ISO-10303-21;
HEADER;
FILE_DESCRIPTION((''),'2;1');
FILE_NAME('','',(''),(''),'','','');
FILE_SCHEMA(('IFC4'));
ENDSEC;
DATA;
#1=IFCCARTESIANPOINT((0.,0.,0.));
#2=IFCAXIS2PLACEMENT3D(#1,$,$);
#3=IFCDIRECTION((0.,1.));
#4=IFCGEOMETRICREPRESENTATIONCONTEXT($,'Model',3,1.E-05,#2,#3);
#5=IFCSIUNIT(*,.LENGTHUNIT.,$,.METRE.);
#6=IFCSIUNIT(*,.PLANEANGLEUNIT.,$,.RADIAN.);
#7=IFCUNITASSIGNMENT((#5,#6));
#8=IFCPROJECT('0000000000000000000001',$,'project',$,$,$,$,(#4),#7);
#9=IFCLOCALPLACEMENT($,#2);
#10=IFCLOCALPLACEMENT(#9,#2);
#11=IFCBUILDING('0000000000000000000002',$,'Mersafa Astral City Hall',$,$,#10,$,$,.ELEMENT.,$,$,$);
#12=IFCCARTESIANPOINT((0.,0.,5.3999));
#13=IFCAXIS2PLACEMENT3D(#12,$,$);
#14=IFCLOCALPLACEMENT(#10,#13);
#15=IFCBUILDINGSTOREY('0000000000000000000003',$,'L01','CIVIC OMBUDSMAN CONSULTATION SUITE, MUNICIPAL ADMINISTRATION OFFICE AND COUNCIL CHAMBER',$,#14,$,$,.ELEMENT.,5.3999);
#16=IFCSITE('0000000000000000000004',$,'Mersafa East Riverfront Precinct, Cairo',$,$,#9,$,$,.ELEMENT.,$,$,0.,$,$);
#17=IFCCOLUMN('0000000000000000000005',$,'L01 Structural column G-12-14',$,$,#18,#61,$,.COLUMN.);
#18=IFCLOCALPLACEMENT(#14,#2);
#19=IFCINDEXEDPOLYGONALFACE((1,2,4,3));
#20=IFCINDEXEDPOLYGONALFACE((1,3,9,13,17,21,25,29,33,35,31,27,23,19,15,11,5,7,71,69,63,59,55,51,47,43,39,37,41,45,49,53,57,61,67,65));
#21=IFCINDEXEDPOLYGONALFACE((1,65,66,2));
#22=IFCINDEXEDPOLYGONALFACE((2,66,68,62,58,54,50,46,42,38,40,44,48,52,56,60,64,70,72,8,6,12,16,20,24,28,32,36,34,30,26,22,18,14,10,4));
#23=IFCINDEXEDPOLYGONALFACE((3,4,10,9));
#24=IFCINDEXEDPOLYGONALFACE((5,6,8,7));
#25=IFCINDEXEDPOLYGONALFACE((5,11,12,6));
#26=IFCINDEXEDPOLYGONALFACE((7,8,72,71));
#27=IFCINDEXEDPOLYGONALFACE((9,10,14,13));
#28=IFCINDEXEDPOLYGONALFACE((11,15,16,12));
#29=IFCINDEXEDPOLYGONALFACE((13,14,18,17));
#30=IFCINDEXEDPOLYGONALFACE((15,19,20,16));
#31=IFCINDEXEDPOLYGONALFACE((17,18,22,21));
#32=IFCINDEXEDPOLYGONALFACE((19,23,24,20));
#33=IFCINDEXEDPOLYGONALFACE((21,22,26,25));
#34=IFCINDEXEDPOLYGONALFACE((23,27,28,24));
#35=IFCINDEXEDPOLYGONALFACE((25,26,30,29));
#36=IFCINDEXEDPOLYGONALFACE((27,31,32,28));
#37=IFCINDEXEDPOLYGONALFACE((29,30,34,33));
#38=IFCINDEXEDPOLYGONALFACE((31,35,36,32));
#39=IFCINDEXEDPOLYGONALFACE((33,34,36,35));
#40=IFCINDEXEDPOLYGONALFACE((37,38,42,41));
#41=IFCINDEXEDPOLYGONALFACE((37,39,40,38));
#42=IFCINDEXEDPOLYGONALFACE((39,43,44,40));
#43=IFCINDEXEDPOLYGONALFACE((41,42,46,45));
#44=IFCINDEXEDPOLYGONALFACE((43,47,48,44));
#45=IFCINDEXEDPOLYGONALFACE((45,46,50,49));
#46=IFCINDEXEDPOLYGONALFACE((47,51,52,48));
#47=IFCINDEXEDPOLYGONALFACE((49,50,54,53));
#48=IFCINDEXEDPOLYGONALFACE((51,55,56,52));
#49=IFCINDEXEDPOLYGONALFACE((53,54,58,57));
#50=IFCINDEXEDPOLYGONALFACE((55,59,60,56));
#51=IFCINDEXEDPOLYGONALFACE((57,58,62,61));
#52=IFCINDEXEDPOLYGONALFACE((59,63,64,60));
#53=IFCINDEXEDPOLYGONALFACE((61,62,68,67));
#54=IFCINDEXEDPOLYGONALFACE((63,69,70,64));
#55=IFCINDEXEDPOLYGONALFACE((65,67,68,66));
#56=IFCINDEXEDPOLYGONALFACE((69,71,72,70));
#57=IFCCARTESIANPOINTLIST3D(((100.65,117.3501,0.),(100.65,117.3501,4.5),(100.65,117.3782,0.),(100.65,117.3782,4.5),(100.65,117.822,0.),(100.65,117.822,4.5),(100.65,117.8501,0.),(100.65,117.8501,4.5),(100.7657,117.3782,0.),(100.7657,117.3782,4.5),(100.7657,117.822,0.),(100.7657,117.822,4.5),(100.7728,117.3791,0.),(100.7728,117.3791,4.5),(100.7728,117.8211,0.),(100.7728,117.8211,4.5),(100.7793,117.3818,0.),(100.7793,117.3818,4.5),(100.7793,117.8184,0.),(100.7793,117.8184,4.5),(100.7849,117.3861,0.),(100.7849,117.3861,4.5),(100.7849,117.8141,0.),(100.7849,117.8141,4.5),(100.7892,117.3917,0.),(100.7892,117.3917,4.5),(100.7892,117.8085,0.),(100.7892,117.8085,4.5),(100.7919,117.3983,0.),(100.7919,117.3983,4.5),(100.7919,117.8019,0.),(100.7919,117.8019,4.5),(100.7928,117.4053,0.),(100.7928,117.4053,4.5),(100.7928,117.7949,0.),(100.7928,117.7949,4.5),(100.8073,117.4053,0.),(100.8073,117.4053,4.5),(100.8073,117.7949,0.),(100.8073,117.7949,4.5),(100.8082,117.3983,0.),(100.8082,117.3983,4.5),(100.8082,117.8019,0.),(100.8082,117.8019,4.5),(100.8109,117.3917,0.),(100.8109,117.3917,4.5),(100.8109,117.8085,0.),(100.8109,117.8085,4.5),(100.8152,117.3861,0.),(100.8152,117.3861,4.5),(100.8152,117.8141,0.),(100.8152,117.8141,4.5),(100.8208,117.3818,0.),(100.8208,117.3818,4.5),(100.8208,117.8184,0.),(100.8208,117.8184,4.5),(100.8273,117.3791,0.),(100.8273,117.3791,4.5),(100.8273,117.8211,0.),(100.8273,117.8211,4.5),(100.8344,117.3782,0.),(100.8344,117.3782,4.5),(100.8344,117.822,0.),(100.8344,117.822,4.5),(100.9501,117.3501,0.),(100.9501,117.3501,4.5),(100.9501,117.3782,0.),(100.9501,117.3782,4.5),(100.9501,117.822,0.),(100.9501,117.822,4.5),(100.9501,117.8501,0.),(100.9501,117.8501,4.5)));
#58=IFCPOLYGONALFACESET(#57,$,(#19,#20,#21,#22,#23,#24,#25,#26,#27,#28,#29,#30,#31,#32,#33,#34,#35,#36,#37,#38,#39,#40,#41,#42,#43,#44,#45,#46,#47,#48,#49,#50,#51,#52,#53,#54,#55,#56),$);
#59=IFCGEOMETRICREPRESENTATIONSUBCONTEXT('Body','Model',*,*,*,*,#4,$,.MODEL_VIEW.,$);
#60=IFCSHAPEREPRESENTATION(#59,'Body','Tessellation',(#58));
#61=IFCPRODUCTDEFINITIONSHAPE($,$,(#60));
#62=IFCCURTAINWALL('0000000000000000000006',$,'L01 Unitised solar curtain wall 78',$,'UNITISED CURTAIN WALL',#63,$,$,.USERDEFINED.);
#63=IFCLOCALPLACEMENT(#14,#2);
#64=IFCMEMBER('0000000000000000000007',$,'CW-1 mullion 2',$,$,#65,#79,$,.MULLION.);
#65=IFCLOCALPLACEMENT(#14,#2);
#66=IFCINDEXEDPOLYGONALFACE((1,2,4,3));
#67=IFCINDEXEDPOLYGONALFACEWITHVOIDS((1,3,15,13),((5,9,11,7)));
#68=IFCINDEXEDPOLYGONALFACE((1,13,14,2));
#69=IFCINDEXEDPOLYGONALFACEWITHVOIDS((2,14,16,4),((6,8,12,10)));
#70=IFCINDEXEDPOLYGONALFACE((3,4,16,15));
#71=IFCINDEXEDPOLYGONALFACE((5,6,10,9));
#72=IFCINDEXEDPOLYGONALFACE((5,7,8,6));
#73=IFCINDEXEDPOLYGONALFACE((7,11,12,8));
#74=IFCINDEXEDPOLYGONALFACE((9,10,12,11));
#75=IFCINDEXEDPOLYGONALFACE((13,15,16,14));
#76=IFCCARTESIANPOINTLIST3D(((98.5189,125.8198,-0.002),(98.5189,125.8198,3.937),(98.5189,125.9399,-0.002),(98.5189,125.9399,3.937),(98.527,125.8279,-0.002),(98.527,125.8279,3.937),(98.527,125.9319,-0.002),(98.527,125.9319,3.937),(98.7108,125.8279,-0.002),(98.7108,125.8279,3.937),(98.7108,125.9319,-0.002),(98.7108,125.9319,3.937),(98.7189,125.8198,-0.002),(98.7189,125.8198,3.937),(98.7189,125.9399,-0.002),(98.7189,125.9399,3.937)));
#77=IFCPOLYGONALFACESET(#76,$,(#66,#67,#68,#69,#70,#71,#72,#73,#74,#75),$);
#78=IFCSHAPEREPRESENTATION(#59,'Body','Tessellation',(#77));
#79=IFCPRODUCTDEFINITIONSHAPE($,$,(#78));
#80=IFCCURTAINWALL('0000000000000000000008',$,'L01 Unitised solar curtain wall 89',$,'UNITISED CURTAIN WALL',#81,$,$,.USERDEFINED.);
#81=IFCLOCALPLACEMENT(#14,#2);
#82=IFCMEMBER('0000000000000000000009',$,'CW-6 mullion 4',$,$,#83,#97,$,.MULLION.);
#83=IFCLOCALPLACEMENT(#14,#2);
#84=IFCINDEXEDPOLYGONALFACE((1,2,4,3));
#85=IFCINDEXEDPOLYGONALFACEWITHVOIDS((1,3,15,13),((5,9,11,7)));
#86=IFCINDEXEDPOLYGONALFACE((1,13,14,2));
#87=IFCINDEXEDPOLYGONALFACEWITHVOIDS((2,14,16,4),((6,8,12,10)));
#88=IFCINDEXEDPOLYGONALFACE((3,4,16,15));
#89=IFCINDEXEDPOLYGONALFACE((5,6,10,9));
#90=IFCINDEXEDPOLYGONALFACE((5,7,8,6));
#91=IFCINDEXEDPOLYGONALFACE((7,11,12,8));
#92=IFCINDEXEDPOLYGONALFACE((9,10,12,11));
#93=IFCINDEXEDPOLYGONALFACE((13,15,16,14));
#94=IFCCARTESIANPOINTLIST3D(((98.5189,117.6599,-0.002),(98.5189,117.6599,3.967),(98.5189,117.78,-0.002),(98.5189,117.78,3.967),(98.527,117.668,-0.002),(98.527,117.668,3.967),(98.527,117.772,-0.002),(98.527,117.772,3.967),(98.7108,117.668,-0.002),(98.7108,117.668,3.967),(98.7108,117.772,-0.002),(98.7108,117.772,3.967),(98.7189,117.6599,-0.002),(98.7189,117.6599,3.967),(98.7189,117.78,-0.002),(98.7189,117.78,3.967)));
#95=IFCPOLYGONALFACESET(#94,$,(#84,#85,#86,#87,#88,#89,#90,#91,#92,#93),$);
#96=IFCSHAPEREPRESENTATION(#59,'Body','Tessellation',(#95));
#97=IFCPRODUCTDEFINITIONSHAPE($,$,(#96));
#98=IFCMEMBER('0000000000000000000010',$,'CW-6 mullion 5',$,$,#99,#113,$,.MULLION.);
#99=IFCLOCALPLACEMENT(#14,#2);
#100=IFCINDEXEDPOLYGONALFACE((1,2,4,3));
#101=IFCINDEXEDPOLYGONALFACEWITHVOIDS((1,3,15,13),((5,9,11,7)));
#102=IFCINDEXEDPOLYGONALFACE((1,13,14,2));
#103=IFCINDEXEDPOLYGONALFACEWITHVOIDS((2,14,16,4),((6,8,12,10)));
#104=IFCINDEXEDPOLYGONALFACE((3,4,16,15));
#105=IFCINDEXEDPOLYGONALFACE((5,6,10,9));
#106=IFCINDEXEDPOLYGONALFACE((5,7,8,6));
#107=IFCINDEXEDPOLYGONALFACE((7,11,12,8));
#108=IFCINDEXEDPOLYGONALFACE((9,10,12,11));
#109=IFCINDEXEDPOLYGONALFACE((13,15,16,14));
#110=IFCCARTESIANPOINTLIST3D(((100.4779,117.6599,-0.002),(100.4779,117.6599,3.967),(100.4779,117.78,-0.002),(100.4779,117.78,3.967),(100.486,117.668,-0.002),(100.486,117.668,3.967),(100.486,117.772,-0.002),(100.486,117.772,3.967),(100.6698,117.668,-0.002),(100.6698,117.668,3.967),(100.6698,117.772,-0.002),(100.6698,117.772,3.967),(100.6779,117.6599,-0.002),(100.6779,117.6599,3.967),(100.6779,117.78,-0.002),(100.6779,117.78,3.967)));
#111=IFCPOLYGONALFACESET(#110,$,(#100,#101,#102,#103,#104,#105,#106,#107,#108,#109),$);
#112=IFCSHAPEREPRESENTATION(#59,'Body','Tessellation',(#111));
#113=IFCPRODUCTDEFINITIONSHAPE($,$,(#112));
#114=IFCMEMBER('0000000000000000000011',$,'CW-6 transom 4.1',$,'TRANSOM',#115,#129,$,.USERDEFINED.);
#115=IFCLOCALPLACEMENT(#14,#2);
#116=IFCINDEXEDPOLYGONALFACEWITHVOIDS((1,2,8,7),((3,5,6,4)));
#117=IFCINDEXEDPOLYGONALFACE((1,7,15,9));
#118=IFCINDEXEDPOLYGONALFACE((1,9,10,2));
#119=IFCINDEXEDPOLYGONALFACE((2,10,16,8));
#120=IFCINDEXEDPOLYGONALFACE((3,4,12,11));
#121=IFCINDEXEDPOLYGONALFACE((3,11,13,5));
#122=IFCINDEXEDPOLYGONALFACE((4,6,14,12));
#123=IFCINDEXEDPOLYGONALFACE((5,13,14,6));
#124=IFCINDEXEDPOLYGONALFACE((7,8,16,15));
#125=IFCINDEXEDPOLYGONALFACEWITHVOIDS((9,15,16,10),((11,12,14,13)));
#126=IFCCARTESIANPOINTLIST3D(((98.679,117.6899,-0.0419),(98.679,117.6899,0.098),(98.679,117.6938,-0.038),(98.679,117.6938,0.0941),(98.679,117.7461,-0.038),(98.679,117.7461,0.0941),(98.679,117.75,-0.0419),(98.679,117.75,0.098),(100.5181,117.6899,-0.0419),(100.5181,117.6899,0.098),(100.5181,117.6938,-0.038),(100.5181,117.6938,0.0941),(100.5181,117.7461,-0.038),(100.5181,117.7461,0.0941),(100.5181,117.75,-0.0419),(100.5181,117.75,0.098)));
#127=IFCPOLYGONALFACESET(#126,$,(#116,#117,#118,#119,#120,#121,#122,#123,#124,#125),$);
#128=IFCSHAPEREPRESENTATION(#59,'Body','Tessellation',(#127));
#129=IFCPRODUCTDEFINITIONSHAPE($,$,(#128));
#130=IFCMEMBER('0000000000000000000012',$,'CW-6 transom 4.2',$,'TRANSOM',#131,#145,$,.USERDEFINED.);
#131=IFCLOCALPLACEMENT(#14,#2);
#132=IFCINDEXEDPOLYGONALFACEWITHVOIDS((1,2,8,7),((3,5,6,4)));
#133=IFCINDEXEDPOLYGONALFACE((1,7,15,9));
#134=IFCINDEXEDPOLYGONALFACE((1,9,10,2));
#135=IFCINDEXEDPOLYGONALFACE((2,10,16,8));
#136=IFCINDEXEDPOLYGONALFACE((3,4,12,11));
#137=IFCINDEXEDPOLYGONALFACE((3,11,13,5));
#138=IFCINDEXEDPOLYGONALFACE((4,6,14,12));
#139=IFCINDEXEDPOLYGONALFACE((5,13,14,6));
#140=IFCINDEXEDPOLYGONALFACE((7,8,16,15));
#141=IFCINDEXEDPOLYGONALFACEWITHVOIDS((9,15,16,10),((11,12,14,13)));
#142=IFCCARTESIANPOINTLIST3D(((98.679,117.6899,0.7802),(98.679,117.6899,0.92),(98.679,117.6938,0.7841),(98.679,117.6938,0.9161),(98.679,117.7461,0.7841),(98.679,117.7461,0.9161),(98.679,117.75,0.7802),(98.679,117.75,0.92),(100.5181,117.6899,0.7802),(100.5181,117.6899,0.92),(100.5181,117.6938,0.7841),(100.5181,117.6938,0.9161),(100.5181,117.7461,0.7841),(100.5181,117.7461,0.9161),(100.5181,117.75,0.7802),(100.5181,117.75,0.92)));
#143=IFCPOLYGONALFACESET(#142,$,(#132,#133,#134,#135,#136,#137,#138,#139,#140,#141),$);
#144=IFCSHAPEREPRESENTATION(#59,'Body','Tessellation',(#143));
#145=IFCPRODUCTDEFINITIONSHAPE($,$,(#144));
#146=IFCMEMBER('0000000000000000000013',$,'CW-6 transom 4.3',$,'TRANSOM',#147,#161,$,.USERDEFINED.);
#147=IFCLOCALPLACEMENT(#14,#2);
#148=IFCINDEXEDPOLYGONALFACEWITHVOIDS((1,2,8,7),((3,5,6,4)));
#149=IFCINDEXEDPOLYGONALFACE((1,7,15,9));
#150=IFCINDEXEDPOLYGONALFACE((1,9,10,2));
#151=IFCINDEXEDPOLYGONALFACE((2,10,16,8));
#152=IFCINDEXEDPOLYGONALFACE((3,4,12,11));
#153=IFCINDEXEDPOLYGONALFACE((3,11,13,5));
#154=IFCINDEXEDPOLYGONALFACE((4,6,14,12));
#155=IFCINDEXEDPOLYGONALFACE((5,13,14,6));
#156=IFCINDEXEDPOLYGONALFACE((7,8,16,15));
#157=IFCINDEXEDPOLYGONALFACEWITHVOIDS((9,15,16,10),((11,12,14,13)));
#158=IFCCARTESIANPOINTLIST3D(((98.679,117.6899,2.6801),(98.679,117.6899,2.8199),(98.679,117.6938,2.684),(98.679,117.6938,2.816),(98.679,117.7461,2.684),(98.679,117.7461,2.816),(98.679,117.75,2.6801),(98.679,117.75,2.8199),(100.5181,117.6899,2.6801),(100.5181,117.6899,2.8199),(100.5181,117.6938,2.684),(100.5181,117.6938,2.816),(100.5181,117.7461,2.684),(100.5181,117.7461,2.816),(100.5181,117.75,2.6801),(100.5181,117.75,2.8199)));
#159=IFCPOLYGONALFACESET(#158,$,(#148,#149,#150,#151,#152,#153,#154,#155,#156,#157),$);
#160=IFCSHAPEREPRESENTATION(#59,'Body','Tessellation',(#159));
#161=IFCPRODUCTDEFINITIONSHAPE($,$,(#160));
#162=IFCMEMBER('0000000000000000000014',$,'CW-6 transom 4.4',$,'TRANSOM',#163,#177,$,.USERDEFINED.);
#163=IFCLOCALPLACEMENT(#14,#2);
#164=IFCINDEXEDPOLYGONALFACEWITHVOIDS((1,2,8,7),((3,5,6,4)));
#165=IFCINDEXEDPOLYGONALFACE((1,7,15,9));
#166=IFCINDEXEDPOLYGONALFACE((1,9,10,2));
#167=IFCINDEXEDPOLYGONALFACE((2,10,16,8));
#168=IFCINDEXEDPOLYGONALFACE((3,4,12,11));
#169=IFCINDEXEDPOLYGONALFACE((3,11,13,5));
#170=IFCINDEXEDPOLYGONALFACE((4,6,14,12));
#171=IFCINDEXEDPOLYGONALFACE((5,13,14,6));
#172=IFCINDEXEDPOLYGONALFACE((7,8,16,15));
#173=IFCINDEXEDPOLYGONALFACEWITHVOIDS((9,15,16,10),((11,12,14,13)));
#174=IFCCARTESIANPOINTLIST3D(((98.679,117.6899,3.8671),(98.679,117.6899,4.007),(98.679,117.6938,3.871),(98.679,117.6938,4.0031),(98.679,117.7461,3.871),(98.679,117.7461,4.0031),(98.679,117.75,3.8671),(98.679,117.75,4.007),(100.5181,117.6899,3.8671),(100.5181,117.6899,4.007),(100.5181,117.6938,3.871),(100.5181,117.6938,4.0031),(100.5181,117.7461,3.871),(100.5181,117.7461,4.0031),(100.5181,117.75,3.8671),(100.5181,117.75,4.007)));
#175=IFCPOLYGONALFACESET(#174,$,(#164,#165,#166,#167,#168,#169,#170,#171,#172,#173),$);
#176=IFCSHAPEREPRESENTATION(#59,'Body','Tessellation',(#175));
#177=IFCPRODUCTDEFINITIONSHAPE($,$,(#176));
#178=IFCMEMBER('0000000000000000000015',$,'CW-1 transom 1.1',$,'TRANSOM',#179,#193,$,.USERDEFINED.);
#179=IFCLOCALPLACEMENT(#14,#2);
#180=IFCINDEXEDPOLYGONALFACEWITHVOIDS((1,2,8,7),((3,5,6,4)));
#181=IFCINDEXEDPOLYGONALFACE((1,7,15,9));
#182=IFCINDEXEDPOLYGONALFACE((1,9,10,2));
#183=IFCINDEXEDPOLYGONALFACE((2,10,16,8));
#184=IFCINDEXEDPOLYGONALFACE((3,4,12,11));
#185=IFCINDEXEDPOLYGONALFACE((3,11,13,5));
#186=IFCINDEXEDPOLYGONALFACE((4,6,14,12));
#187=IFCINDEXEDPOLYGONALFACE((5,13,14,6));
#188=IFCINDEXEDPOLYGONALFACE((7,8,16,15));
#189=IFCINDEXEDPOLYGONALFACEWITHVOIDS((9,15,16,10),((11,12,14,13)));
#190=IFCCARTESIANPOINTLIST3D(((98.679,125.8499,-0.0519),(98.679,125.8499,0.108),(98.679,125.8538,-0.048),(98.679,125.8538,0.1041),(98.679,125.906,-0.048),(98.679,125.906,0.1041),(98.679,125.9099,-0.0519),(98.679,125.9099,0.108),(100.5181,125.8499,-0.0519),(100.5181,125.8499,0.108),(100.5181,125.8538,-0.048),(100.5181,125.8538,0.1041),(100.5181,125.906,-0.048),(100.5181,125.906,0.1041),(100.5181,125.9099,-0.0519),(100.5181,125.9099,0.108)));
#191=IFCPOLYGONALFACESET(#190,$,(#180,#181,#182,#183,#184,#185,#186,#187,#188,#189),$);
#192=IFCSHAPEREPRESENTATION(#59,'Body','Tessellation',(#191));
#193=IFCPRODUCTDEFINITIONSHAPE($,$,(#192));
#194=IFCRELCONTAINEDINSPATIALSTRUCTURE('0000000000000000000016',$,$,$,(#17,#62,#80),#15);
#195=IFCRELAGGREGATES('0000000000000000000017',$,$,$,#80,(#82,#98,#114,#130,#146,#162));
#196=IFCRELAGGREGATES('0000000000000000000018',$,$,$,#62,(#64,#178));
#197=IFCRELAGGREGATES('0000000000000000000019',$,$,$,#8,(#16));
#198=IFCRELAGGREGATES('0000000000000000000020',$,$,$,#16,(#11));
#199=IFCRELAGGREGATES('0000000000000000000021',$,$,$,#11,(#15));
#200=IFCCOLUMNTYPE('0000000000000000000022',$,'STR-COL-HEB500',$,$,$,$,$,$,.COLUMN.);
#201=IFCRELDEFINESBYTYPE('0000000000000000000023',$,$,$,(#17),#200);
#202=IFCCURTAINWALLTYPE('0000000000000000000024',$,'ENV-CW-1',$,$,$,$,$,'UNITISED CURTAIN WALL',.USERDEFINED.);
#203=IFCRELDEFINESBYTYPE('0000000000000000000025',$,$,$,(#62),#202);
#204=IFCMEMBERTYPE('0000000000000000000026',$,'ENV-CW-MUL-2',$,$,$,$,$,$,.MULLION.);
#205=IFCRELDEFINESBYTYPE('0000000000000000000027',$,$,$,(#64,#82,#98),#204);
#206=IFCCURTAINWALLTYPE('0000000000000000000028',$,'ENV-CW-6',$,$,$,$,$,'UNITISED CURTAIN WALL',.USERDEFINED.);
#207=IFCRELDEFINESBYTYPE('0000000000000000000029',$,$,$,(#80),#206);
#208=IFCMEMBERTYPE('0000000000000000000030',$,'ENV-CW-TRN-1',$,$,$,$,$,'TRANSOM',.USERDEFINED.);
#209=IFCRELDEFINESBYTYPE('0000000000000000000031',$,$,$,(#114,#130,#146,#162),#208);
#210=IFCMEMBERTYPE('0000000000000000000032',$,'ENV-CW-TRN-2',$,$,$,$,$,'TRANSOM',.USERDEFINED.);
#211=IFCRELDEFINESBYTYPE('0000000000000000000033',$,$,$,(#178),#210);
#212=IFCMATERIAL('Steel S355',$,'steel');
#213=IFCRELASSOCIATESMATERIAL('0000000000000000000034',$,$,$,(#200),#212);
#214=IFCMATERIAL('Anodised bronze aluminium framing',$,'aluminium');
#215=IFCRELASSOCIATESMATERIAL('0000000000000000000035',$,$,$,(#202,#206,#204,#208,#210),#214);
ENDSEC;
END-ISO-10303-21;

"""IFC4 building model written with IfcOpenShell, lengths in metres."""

from ifc_helpers import new_model, si_unit, direction, frame, origin, origin_2d, place, context, subcontext, project, spatial, hollow_rectangle, i_section, extrude, material, material_profile, profile_set, type_object, element, aggregate, save


model = new_model("IFC4")

# Units and contexts
model_context = context("Model", 3, precision=1e-05, world=origin(), true_north=direction((0.0, 1.0)))
body_context = subcontext(model_context, "Body", "Model", "MODEL_VIEW")
ifc_project = project(units=[si_unit("LENGTHUNIT", "METRE"), si_unit("PLANEANGLEUNIT", "RADIAN")], contexts=[model_context])

# Site, building, storey
site_placement = place(None, origin())
site = spatial("IfcSite", under=ifc_project, at=site_placement, Name="Mersafa East Riverfront Precinct, Cairo", CompositionType="ELEMENT", RefElevation=0.0)
building_placement = place(site_placement, origin())
building = spatial("IfcBuilding", under=site, at=building_placement, Name="Mersafa Astral City Hall", CompositionType="ELEMENT")
storey_placement = place(building_placement, frame((0.0, 0.0, 5.3999)))
storey = spatial("IfcBuildingStorey", under=building, at=storey_placement, Name="L01", Description="CIVIC OMBUDSMAN CONSULTATION SUITE, MUNICIPAL ADMINISTRATION OFFICE AND COUNCIL CHAMBER", CompositionType="ELEMENT", Elevation=5.3999)

# Column
ifc_material_1 = material(Name="Steel S355", Category="steel")
ifc_material_profile_1 = material_profile(ifc_material_1, i_section(OverallWidth=0.3, OverallDepth=0.5, WebThickness=0.0144, FlangeThickness=0.0281, FilletRadius=0.0271, at=origin_2d()), Name="HEB 500")
ifc_profile_set_1 = profile_set([ifc_material_profile_1], Name="Steel S355")
column_type = type_object("IfcColumnType", Name="STR-COL-HEB500", PredefinedType="COLUMN", material=ifc_profile_set_1)
column_placement = place(storey_placement, frame((100.8, 117.6001, 0.0), z_axis=(0.0, 0.0, 1.0), x_axis=(1.0, 0.0, 0.0)))
element("IfcColumn", 1, at=column_placement, inside=storey, type_object=column_type, Name="L01 Structural column G-12-14", PredefinedType="COLUMN", context=body_context, shape_type="SweptSolid", body=[
    extrude(i_section(OverallWidth=0.3, OverallDepth=0.5, WebThickness=0.0144, FlangeThickness=0.0281, FilletRadius=0.0271, at=origin_2d()), origin(), (0.0, 0.0, 1.0), 4.5),
])

# Curtain wall, member
ifc_material_2 = material(Name="Anodised bronze aluminium framing", Category="aluminium")
curtain_wall_type_1 = type_object("IfcCurtainWallType", Name="ENV-CW-1", ElementType="UNITISED CURTAIN WALL", PredefinedType="USERDEFINED", material=ifc_material_2)
curtain_wall_1_placement = place(storey_placement, origin())
curtain_wall_1 = element("IfcCurtainWall", 2, at=curtain_wall_1_placement, inside=storey, type_object=curtain_wall_type_1, Name="L01 Unitised solar curtain wall 78", ObjectType="UNITISED CURTAIN WALL", PredefinedType="USERDEFINED")
ifc_material_profile_2 = material_profile(ifc_material_2, hollow_rectangle(XDim=0.1201, YDim=0.2, WallThickness=0.0081, at=origin_2d()), Name="RHS 120x200x8")
ifc_profile_set_2 = profile_set([ifc_material_profile_2], Name="Anodised bronze aluminium framing")
member_type_1 = type_object("IfcMemberType", Name="ENV-CW-MUL-2", PredefinedType="MULLION", material=ifc_profile_set_2)
member_1_placement = place(storey_placement, frame((98.6189, 125.8799, -0.002), z_axis=(0.0, 0.0, 1.0), x_axis=(0.0, -1.0, 0.0)))
member_1 = element("IfcMember", 3, at=member_1_placement, type_object=member_type_1, Name="CW-1 mullion 2", PredefinedType="MULLION", context=body_context, shape_type="SweptSolid", body=[
    extrude(hollow_rectangle(XDim=0.1201, YDim=0.2, WallThickness=0.0081, at=origin_2d()), origin(), (0.0, 0.0, 1.0), 3.939),
])

# Curtain wall, members
curtain_wall_type_2 = type_object("IfcCurtainWallType", Name="ENV-CW-6", ElementType="UNITISED CURTAIN WALL", PredefinedType="USERDEFINED", material=ifc_material_2)
curtain_wall_2_placement = place(storey_placement, origin())
curtain_wall_2 = element("IfcCurtainWall", 4, at=curtain_wall_2_placement, inside=storey, type_object=curtain_wall_type_2, Name="L01 Unitised solar curtain wall 89", ObjectType="UNITISED CURTAIN WALL", PredefinedType="USERDEFINED")
member_2_placement = place(storey_placement, frame((98.6189, 117.72, -0.002), z_axis=(0.0, 0.0, 1.0), x_axis=(0.0, 1.0, 0.0)))
member_2 = element("IfcMember", 5, at=member_2_placement, type_object=member_type_1, Name="CW-6 mullion 4", PredefinedType="MULLION", context=body_context, shape_type="SweptSolid", body=[
    extrude(hollow_rectangle(XDim=0.1201, YDim=0.2, WallThickness=0.0081, at=origin_2d()), origin(), (0.0, 0.0, 1.0), 3.969),
])
member_3_placement = place(storey_placement, frame((100.5779, 117.72, -0.002), z_axis=(0.0, 0.0, 1.0), x_axis=(0.0, 1.0, 0.0)))
member_3 = element("IfcMember", 6, at=member_3_placement, type_object=member_type_1, Name="CW-6 mullion 5", PredefinedType="MULLION", context=body_context, shape_type="SweptSolid", body=[
    extrude(hollow_rectangle(XDim=0.1201, YDim=0.2, WallThickness=0.0081, at=origin_2d()), origin(), (0.0, 0.0, 1.0), 3.969),
])
ifc_material_profile_3 = material_profile(ifc_material_2, hollow_rectangle(XDim=0.0601, YDim=0.1399, WallThickness=0.0039, at=origin_2d()), Name="RHS 60x140x4")
ifc_profile_set_3 = profile_set([ifc_material_profile_3], Name="Anodised bronze aluminium framing")
member_type_2 = type_object("IfcMemberType", Name="ENV-CW-TRN-1", ElementType="TRANSOM", PredefinedType="USERDEFINED", material=ifc_profile_set_3)
member_4_placement = place(storey_placement, frame((98.679, 117.72, 0.0281), z_axis=(1.0, 0.0, 0.0), x_axis=(0.0, 1.0, 0.0)))
member_4 = element("IfcMember", 7, at=member_4_placement, type_object=member_type_2, Name="CW-6 transom 4.1", ObjectType="TRANSOM", PredefinedType="USERDEFINED", context=body_context, shape_type="SweptSolid", body=[
    extrude(hollow_rectangle(XDim=0.0601, YDim=0.1399, WallThickness=0.0039, at=origin_2d()), origin(), (0.0, 0.0, 1.0), 1.8391),
])
member_5_placement = place(storey_placement, frame((98.679, 117.72, 0.8501), z_axis=(1.0, 0.0, 0.0), x_axis=(0.0, 1.0, 0.0)))
member_5 = element("IfcMember", 8, at=member_5_placement, type_object=member_type_2, Name="CW-6 transom 4.2", ObjectType="TRANSOM", PredefinedType="USERDEFINED", context=body_context, shape_type="SweptSolid", body=[
    extrude(hollow_rectangle(XDim=0.0601, YDim=0.1399, WallThickness=0.0039, at=origin_2d()), origin(), (0.0, 0.0, 1.0), 1.8391),
])
member_6_placement = place(storey_placement, frame((98.679, 117.72, 2.75), z_axis=(1.0, 0.0, 0.0), x_axis=(0.0, 1.0, 0.0)))
member_6 = element("IfcMember", 9, at=member_6_placement, type_object=member_type_2, Name="CW-6 transom 4.3", ObjectType="TRANSOM", PredefinedType="USERDEFINED", context=body_context, shape_type="SweptSolid", body=[
    extrude(hollow_rectangle(XDim=0.0601, YDim=0.1399, WallThickness=0.0039, at=origin_2d()), origin(), (0.0, 0.0, 1.0), 1.8391),
])
member_7_placement = place(storey_placement, frame((98.679, 117.72, 3.937), z_axis=(1.0, 0.0, 0.0), x_axis=(0.0, 1.0, 0.0)))
member_7 = element("IfcMember", 10, at=member_7_placement, type_object=member_type_2, Name="CW-6 transom 4.4", ObjectType="TRANSOM", PredefinedType="USERDEFINED", context=body_context, shape_type="SweptSolid", body=[
    extrude(hollow_rectangle(XDim=0.0601, YDim=0.1399, WallThickness=0.0039, at=origin_2d()), origin(), (0.0, 0.0, 1.0), 1.8391),
])

# Member
ifc_material_profile_4 = material_profile(ifc_material_2, hollow_rectangle(XDim=0.0601, YDim=0.1599, WallThickness=0.0039, at=origin_2d()), Name="RHS 60x160x4")
ifc_profile_set_4 = profile_set([ifc_material_profile_4], Name="Anodised bronze aluminium framing")
member_type_3 = type_object("IfcMemberType", Name="ENV-CW-TRN-2", ElementType="TRANSOM", PredefinedType="USERDEFINED", material=ifc_profile_set_4)
member_8_placement = place(storey_placement, frame((100.5181, 125.8799, 0.0281), z_axis=(-1.0, 0.0, 0.0), x_axis=(0.0, -1.0, 0.0)))
member_8 = element("IfcMember", 11, at=member_8_placement, type_object=member_type_3, Name="CW-1 transom 1.1", ObjectType="TRANSOM", PredefinedType="USERDEFINED", context=body_context, shape_type="SweptSolid", body=[
    extrude(hollow_rectangle(XDim=0.0601, YDim=0.1599, WallThickness=0.0039, at=origin_2d()), origin(), (0.0, 0.0, 1.0), 1.8391),
])

aggregate(curtain_wall_2, [member_2, member_3, member_4, member_5, member_6, member_7])
aggregate(curtain_wall_1, [member_1, member_8])

save(model, "model.ifc")
